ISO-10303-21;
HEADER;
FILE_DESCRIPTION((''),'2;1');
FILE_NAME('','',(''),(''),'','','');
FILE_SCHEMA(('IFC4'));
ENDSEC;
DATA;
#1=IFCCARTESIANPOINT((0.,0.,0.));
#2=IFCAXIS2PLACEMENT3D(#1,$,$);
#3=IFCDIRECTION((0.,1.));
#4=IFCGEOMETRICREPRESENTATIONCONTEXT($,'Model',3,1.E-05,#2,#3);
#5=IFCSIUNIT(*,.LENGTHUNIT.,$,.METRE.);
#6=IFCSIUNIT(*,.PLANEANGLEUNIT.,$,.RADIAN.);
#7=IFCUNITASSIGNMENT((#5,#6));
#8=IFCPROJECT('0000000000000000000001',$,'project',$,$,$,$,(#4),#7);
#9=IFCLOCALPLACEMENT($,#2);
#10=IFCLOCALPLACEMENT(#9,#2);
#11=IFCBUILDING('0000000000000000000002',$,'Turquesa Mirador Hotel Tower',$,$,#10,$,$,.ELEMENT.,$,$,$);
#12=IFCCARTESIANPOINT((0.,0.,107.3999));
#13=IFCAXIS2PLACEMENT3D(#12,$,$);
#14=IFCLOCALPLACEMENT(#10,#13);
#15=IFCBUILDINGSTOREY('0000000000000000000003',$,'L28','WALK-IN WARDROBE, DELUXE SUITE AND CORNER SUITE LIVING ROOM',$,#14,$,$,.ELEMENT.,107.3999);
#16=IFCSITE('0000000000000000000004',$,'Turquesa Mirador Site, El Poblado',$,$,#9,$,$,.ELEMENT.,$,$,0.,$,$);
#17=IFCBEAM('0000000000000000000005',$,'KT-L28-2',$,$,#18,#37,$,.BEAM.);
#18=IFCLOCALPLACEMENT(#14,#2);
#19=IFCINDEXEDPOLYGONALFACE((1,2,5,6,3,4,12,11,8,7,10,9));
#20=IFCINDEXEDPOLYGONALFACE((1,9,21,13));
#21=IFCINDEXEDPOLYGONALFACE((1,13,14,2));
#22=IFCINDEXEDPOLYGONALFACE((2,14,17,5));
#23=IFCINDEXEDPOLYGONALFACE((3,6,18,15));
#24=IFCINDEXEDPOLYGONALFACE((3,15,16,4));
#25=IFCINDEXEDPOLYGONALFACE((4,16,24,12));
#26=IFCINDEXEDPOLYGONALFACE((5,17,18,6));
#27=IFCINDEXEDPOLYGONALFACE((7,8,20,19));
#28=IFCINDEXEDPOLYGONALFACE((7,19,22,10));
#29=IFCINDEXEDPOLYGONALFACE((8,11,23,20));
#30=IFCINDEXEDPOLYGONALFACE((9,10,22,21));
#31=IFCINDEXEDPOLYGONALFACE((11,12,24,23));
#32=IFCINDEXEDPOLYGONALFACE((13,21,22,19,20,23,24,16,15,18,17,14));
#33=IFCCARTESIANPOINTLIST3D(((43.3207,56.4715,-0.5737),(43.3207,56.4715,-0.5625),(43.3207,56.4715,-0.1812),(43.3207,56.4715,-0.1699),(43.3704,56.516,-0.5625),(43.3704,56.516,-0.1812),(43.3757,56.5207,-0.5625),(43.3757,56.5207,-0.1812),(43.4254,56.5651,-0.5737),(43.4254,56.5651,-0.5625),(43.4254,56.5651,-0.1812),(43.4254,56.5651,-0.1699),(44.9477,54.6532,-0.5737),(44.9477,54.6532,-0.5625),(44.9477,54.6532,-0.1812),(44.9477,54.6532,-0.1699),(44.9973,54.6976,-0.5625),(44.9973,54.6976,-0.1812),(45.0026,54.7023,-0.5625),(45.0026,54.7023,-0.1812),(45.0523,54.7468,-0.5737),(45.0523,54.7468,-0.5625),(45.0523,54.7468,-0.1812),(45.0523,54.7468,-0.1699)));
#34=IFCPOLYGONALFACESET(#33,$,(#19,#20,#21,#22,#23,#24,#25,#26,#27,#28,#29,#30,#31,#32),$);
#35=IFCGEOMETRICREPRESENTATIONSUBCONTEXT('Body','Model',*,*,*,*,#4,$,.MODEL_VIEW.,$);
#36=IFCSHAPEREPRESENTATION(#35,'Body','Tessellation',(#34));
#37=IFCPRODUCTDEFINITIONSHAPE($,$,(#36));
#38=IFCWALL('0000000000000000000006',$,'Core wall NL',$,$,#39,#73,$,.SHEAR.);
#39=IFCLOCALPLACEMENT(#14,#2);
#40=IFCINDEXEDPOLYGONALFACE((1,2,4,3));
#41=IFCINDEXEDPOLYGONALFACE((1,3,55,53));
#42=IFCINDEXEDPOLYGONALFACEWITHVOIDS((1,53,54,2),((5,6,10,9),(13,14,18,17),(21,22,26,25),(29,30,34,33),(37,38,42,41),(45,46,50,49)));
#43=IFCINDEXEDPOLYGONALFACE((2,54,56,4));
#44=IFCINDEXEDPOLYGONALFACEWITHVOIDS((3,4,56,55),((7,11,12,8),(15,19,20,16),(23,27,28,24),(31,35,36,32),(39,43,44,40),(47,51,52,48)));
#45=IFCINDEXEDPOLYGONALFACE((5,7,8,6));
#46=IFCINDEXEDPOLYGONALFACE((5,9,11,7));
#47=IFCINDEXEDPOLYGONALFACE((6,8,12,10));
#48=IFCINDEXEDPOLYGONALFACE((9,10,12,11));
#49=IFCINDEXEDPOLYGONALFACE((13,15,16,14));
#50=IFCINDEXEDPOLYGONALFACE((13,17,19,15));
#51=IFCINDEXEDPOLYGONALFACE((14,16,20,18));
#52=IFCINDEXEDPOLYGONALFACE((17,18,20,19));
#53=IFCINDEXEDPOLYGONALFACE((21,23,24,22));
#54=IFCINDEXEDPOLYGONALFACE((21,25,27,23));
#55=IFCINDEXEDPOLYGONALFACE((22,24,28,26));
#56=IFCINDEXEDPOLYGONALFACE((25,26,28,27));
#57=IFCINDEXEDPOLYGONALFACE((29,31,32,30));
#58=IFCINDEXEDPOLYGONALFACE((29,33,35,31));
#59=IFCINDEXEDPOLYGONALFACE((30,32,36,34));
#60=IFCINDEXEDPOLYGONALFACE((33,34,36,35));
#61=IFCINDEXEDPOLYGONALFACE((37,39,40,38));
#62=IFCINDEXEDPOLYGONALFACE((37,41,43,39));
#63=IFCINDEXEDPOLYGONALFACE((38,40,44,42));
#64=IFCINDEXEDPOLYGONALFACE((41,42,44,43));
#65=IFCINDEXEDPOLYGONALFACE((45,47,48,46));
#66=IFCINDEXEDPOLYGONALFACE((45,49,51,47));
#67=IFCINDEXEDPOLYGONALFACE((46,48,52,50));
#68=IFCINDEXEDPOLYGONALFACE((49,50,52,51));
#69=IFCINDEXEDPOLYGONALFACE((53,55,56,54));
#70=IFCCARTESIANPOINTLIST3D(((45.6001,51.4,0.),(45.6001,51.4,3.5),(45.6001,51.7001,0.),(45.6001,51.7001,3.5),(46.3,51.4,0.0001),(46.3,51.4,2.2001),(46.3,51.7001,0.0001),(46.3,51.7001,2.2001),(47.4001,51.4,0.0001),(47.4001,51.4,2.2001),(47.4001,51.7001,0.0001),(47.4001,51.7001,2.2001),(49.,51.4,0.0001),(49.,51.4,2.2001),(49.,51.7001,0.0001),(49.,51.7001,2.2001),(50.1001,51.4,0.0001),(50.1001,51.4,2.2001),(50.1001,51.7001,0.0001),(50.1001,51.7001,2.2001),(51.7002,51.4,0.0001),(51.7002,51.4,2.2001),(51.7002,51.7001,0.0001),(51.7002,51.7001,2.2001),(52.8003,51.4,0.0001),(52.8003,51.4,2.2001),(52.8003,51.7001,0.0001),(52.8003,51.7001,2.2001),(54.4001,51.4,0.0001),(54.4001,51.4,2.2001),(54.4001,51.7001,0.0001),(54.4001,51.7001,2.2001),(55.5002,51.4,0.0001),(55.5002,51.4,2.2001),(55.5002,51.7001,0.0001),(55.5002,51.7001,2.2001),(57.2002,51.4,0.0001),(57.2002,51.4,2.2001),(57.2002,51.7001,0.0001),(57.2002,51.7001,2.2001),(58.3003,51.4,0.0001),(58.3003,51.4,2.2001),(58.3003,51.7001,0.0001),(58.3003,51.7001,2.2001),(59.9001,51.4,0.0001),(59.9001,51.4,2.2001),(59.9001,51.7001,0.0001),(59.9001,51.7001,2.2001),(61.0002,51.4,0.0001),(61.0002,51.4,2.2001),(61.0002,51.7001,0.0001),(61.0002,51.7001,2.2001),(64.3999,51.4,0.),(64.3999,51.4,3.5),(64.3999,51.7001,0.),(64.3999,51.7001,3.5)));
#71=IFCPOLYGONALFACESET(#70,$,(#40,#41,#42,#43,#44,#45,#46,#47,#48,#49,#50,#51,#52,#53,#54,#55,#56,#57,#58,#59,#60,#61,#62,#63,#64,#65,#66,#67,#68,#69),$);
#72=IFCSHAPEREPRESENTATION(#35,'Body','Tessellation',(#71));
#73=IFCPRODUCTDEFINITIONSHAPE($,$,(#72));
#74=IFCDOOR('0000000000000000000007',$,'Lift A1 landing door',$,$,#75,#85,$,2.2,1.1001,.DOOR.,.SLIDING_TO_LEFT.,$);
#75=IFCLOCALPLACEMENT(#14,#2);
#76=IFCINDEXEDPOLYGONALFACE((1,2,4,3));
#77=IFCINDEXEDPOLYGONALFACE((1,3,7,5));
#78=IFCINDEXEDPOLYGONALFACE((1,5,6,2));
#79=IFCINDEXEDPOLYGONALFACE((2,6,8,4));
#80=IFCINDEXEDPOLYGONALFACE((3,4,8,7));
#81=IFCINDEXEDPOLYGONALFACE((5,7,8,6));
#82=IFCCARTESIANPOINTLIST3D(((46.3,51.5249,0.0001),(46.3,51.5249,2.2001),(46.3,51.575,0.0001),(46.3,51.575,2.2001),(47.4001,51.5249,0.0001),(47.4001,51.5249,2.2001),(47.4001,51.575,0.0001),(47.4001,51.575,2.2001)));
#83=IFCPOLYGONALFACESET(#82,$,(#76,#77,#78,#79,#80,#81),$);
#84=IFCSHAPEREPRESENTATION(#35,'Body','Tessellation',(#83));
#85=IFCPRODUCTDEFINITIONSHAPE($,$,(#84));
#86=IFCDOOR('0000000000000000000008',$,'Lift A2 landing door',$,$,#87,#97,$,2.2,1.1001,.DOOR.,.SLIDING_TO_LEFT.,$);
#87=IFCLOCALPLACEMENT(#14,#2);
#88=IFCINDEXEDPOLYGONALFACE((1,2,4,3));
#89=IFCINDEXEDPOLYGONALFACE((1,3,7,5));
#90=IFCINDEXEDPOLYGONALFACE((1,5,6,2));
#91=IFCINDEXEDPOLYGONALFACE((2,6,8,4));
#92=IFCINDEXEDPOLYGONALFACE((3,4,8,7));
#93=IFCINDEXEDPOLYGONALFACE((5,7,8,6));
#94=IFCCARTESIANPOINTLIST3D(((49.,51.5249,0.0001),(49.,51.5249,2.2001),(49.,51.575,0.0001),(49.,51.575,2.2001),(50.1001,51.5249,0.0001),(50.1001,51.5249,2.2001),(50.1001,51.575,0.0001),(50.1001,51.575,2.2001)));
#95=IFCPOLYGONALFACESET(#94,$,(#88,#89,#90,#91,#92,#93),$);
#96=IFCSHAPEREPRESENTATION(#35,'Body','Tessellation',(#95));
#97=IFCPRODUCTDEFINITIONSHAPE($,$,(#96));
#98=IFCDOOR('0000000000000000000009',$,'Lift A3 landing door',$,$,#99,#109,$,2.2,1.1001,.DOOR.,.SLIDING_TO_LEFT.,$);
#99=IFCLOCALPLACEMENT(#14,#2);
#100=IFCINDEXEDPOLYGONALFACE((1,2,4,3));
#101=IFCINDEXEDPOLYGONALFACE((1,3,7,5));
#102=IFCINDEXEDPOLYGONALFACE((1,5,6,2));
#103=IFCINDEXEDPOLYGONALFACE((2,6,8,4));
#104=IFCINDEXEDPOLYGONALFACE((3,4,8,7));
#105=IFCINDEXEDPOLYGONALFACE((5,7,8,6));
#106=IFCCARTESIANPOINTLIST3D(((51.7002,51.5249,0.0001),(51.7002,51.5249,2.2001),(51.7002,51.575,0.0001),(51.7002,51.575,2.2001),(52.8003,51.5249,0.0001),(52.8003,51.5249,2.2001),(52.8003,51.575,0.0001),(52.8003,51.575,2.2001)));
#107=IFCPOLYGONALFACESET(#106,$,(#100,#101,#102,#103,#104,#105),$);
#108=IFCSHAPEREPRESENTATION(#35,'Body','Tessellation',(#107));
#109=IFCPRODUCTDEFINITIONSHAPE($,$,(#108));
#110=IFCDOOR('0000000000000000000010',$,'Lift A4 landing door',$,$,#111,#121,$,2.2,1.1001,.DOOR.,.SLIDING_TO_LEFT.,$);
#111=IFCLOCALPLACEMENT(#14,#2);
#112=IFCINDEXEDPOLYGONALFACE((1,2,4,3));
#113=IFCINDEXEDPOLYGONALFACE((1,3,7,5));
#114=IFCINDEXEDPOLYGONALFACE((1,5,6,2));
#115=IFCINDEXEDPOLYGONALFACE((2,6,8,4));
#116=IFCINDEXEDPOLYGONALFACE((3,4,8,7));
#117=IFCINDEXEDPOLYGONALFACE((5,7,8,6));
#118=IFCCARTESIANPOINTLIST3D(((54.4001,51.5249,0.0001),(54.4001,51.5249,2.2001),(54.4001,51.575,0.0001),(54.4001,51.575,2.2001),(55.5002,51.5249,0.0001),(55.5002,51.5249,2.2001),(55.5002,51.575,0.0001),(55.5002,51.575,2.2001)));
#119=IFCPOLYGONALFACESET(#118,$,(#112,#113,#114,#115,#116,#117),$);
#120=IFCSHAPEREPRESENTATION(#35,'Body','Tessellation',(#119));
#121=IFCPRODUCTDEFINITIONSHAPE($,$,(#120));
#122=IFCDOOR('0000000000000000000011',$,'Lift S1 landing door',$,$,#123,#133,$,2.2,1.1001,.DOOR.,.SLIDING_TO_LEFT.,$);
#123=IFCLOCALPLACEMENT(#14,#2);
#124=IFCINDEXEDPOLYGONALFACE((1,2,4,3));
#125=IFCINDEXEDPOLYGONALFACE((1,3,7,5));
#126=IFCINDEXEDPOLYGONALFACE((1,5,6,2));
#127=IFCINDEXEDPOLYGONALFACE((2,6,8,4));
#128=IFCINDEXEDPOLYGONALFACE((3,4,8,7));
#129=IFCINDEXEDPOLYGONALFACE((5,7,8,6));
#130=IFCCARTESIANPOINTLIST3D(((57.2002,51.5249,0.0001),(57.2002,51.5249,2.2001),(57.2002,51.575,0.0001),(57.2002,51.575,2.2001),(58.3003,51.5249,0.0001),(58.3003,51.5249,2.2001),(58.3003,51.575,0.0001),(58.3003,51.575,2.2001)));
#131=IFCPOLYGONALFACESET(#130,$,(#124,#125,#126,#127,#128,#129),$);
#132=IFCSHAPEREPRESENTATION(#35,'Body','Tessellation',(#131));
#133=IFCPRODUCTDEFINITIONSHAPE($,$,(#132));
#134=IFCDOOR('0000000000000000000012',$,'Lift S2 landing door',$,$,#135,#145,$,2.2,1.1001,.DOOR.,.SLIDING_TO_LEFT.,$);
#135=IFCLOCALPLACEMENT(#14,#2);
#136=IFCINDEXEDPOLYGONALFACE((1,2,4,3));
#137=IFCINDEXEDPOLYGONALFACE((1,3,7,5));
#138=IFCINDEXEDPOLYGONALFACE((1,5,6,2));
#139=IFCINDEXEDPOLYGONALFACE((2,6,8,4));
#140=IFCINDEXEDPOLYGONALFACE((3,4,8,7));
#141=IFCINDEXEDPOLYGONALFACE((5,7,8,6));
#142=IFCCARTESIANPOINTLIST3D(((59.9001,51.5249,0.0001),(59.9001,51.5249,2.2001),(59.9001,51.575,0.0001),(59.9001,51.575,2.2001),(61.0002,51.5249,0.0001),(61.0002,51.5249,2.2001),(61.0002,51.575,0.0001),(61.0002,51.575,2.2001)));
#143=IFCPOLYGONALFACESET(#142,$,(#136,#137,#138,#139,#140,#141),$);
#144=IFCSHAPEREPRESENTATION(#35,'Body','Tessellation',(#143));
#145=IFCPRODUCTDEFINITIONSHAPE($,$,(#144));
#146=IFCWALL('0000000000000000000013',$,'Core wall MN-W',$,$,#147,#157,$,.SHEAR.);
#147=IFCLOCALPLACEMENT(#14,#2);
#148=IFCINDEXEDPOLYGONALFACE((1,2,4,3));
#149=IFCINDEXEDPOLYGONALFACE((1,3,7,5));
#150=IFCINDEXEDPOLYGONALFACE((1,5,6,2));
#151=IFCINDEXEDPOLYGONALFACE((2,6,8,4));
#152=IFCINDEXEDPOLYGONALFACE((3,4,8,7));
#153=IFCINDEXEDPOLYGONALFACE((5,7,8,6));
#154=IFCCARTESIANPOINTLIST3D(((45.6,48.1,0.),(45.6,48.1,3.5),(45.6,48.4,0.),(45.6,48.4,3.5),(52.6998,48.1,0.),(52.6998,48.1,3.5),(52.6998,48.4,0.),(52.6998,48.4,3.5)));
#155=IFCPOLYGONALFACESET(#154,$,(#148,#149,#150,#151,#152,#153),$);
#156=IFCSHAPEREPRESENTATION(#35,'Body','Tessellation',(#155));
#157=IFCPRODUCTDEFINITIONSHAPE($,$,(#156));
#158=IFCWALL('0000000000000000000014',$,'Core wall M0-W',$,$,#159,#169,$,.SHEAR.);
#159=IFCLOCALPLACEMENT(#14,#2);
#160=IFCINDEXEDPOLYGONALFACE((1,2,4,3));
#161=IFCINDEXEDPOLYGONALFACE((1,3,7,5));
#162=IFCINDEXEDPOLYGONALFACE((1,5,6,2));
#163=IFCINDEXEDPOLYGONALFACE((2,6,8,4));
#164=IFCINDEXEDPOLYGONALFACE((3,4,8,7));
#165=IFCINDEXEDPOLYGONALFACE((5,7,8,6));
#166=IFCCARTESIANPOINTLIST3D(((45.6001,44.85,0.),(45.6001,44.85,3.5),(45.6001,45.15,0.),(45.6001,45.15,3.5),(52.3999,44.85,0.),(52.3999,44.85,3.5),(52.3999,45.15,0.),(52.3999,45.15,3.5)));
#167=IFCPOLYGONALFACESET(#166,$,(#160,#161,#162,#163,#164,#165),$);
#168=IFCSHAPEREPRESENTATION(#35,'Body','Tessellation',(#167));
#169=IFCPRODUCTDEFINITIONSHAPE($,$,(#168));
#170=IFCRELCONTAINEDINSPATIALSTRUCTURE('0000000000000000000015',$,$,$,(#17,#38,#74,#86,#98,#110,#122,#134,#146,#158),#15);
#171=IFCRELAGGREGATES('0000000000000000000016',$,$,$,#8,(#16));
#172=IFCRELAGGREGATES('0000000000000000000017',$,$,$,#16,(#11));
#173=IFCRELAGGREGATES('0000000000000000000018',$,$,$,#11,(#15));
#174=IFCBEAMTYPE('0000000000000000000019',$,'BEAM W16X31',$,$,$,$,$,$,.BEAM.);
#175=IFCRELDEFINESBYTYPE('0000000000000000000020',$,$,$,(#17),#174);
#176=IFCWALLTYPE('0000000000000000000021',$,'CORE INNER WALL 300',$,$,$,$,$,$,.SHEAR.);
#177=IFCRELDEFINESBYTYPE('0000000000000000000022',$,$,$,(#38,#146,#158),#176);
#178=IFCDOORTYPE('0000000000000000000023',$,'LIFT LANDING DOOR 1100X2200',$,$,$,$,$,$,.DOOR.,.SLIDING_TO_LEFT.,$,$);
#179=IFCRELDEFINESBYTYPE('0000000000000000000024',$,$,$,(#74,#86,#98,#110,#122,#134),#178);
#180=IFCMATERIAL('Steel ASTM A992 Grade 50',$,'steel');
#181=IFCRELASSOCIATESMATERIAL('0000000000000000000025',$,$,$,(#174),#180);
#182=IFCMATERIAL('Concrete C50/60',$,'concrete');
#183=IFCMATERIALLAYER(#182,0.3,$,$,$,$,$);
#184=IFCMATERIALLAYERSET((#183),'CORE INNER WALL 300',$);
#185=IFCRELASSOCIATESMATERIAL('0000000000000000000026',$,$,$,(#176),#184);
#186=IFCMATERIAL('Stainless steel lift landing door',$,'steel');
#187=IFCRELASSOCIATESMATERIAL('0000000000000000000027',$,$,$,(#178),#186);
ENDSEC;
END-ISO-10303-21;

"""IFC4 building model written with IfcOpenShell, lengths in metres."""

from ifc_helpers import new_model, si_unit, direction, frame, frame_2d, origin, origin_2d, place, context, subcontext, project, spatial, rectangle, i_section, extrude, material, layer, layer_set, material_profile, profile_set, type_object, element, fill, save


model = new_model("IFC4")

# Units and contexts
model_context = context("Model", 3, precision=1e-05, world=origin(), true_north=direction((0.0, 1.0)))
body_context = subcontext(model_context, "Body", "Model", "MODEL_VIEW")
ifc_project = project(units=[si_unit("LENGTHUNIT", "METRE"), si_unit("PLANEANGLEUNIT", "RADIAN")], contexts=[model_context])

# Site, building, storey
site_placement = place(None, origin())
site = spatial("IfcSite", under=ifc_project, at=site_placement, Name="Turquesa Mirador Site, El Poblado", CompositionType="ELEMENT", RefElevation=0.0)
building_placement = place(site_placement, origin())
building = spatial("IfcBuilding", under=site, at=building_placement, Name="Turquesa Mirador Hotel Tower", CompositionType="ELEMENT")
storey_placement = place(building_placement, frame((0.0, 0.0, 107.3999)))
storey = spatial("IfcBuildingStorey", under=building, at=storey_placement, Name="L28", Description="WALK-IN WARDROBE, DELUXE SUITE AND CORNER SUITE LIVING ROOM", CompositionType="ELEMENT", Elevation=107.3999)

# Beam
ifc_material_1 = material(Name="Steel ASTM A992 Grade 50", Category="steel")
ifc_material_profile = material_profile(ifc_material_1, i_section(OverallWidth=0.1404, OverallDepth=0.4038, WebThickness=0.0071, FlangeThickness=0.0112, at=origin_2d()), Name="W16X31")
ifc_profile_set = profile_set([ifc_material_profile], Name="Steel ASTM A992 Grade 50")
beam_type = type_object("IfcBeamType", Name="BEAM W16X31", PredefinedType="BEAM", material=ifc_profile_set)
beam_placement = place(storey_placement, frame((43.373, 56.5183, -0.3718), z_axis=(0.666795, -0.745241, 0.0), x_axis=(0.745241, 0.666795, 0.0)))
element("IfcBeam", 1, at=beam_placement, inside=storey, type_object=beam_type, Name="KT-L28-2", PredefinedType="BEAM", context=body_context, shape_type="SweptSolid", body=[
    extrude(i_section(OverallWidth=0.1404, OverallDepth=0.4038, WebThickness=0.0071, FlangeThickness=0.0112, at=origin_2d()), origin(), (0.0, 0.0, 1.0), 2.4399),
])

# Wall, openings, doors
ifc_material_2 = material(Name="Concrete C50/60", Category="concrete")
ifc_layer_1 = layer(ifc_material_2, 0.3)
ifc_layer_set_1 = layer_set([ifc_layer_1], Name="CORE INNER WALL 300")
wall_type_1 = type_object("IfcWallType", Name="CORE INNER WALL 300", PredefinedType="SHEAR", material=ifc_layer_set_1)
wall_1_placement = place(storey_placement, frame((45.6001, 51.55, 0.0), z_axis=(0.0, 0.0, 1.0), x_axis=(1.0, 0.0, 0.0)))
wall_1 = element("IfcWall", 2, at=wall_1_placement, inside=storey, type_object=wall_type_1, Name="Core wall NL", PredefinedType="SHEAR", context=body_context, shape_type="SweptSolid", body=[
    extrude(rectangle(XDim=18.7998, YDim=0.3, at=frame_2d((9.3999, 0.0))), origin(), (0.0, 0.0, 1.0), 3.5),
])
opening_1_placement = place(wall_1_placement, frame((0.7, 0.0, 0.0)))
opening_1 = element("IfcOpeningElement", 3, at=opening_1_placement, cuts=wall_1, PredefinedType="OPENING", context=body_context, shape_type="SweptSolid", body=[
    extrude(rectangle(XDim=1.1001, YDim=2.2, at=frame_2d((0.55, 1.1001))), frame((0.0, 0.1599, 0.0), z_axis=(0.0, -1.0, 0.0), x_axis=(1.0, 0.0, 0.0)), (0.0, 0.0, 1.0), 0.3201),
])
opening_2_placement = place(wall_1_placement, frame((3.3999, 0.0, 0.0)))
opening_2 = element("IfcOpeningElement", 4, at=opening_2_placement, cuts=wall_1, PredefinedType="OPENING", context=body_context, shape_type="SweptSolid", body=[
    extrude(rectangle(XDim=1.1001, YDim=2.2, at=frame_2d((0.55, 1.1001))), frame((0.0, 0.1599, 0.0), z_axis=(0.0, -1.0, 0.0), x_axis=(1.0, 0.0, 0.0)), (0.0, 0.0, 1.0), 0.3201),
])
opening_3_placement = place(wall_1_placement, frame((6.1001, 0.0, 0.0)))
opening_3 = element("IfcOpeningElement", 5, at=opening_3_placement, cuts=wall_1, PredefinedType="OPENING", context=body_context, shape_type="SweptSolid", body=[
    extrude(rectangle(XDim=1.1001, YDim=2.2, at=frame_2d((0.55, 1.1001))), frame((0.0, 0.1599, 0.0), z_axis=(0.0, -1.0, 0.0), x_axis=(1.0, 0.0, 0.0)), (0.0, 0.0, 1.0), 0.3201),
])
opening_4_placement = place(wall_1_placement, frame((8.8, 0.0, 0.0)))
opening_4 = element("IfcOpeningElement", 6, at=opening_4_placement, cuts=wall_1, PredefinedType="OPENING", context=body_context, shape_type="SweptSolid", body=[
    extrude(rectangle(XDim=1.1001, YDim=2.2, at=frame_2d((0.55, 1.1001))), frame((0.0, 0.1599, 0.0), z_axis=(0.0, -1.0, 0.0), x_axis=(1.0, 0.0, 0.0)), (0.0, 0.0, 1.0), 0.3201),
])
opening_5_placement = place(wall_1_placement, frame((11.6001, 0.0, 0.0)))
opening_5 = element("IfcOpeningElement", 7, at=opening_5_placement, cuts=wall_1, PredefinedType="OPENING", context=body_context, shape_type="SweptSolid", body=[
    extrude(rectangle(XDim=1.1001, YDim=2.2, at=frame_2d((0.55, 1.1001))), frame((0.0, 0.1599, 0.0), z_axis=(0.0, -1.0, 0.0), x_axis=(1.0, 0.0, 0.0)), (0.0, 0.0, 1.0), 0.3201),
])
opening_6_placement = place(wall_1_placement, frame((14.3, 0.0, 0.0)))
opening_6 = element("IfcOpeningElement", 8, at=opening_6_placement, cuts=wall_1, PredefinedType="OPENING", context=body_context, shape_type="SweptSolid", body=[
    extrude(rectangle(XDim=1.1001, YDim=2.2, at=frame_2d((0.55, 1.1001))), frame((0.0, 0.1599, 0.0), z_axis=(0.0, -1.0, 0.0), x_axis=(1.0, 0.0, 0.0)), (0.0, 0.0, 1.0), 0.3201),
])
ifc_material_3 = material(Name="Stainless steel lift landing door", Category="steel")
door_type_1 = type_object("IfcDoorType", Name="LIFT LANDING DOOR 1100X2200", OperationType="SLIDING_TO_LEFT", PredefinedType="DOOR", material=ifc_material_3)
door_1_placement = place(opening_1_placement, origin())
door_1 = element("IfcDoor", 9, at=door_1_placement, inside=storey, type_object=door_type_1, Name="Lift A1 landing door", OperationType="SLIDING_TO_LEFT", OverallHeight=2.2, OverallWidth=1.1001, PredefinedType="DOOR", context=body_context, shape_type="SweptSolid", body=[
    extrude(rectangle(XDim=1.1001, YDim=2.2, at=frame_2d((0.55, 1.1001))), frame((0.0, 0.0249, 0.0), z_axis=(0.0, -1.0, 0.0), x_axis=(1.0, 0.0, 0.0)), (0.0, 0.0, 1.0), 0.05),
])
fill(opening_1, door_1)
door_2_placement = place(opening_2_placement, origin())
door_2 = element("IfcDoor", 10, at=door_2_placement, inside=storey, type_object=door_type_1, Name="Lift A2 landing door", OperationType="SLIDING_TO_LEFT", OverallHeight=2.2, OverallWidth=1.1001, PredefinedType="DOOR", context=body_context, shape_type="SweptSolid", body=[
    extrude(rectangle(XDim=1.1001, YDim=2.2, at=frame_2d((0.55, 1.1001))), frame((0.0, 0.0249, 0.0), z_axis=(0.0, -1.0, 0.0), x_axis=(1.0, 0.0, 0.0)), (0.0, 0.0, 1.0), 0.05),
])
fill(opening_2, door_2)
door_3_placement = place(opening_3_placement, origin())
door_3 = element("IfcDoor", 11, at=door_3_placement, inside=storey, type_object=door_type_1, Name="Lift A3 landing door", OperationType="SLIDING_TO_LEFT", OverallHeight=2.2, OverallWidth=1.1001, PredefinedType="DOOR", context=body_context, shape_type="SweptSolid", body=[
    extrude(rectangle(XDim=1.1001, YDim=2.2, at=frame_2d((0.55, 1.1001))), frame((0.0, 0.0249, 0.0), z_axis=(0.0, -1.0, 0.0), x_axis=(1.0, 0.0, 0.0)), (0.0, 0.0, 1.0), 0.05),
])
fill(opening_3, door_3)
door_4_placement = place(opening_4_placement, origin())
door_4 = element("IfcDoor", 12, at=door_4_placement, inside=storey, type_object=door_type_1, Name="Lift A4 landing door", OperationType="SLIDING_TO_LEFT", OverallHeight=2.2, OverallWidth=1.1001, PredefinedType="DOOR", context=body_context, shape_type="SweptSolid", body=[
    extrude(rectangle(XDim=1.1001, YDim=2.2, at=frame_2d((0.55, 1.1001))), frame((0.0, 0.0249, 0.0), z_axis=(0.0, -1.0, 0.0), x_axis=(1.0, 0.0, 0.0)), (0.0, 0.0, 1.0), 0.05),
])
fill(opening_4, door_4)
door_5_placement = place(opening_5_placement, origin())
door_5 = element("IfcDoor", 13, at=door_5_placement, inside=storey, type_object=door_type_1, Name="Lift S1 landing door", OperationType="SLIDING_TO_LEFT", OverallHeight=2.2, OverallWidth=1.1001, PredefinedType="DOOR", context=body_context, shape_type="SweptSolid", body=[
    extrude(rectangle(XDim=1.1001, YDim=2.2, at=frame_2d((0.55, 1.1001))), frame((0.0, 0.0249, 0.0), z_axis=(0.0, -1.0, 0.0), x_axis=(1.0, 0.0, 0.0)), (0.0, 0.0, 1.0), 0.05),
])
fill(opening_5, door_5)
door_6_placement = place(opening_6_placement, origin())
door_6 = element("IfcDoor", 14, at=door_6_placement, inside=storey, type_object=door_type_1, Name="Lift S2 landing door", OperationType="SLIDING_TO_LEFT", OverallHeight=2.2, OverallWidth=1.1001, PredefinedType="DOOR", context=body_context, shape_type="SweptSolid", body=[
    extrude(rectangle(XDim=1.1001, YDim=2.2, at=frame_2d((0.55, 1.1001))), frame((0.0, 0.0249, 0.0), z_axis=(0.0, -1.0, 0.0), x_axis=(1.0, 0.0, 0.0)), (0.0, 0.0, 1.0), 0.05),
])
fill(opening_6, door_6)

# Walls
wall_2_placement = place(storey_placement, frame((45.6001, 48.25, 0.0), z_axis=(0.0, 0.0, 1.0), x_axis=(1.0, 0.0, 0.0)))
element("IfcWall", 15, at=wall_2_placement, inside=storey, type_object=wall_type_1, Name="Core wall MN-W", PredefinedType="SHEAR", context=body_context, shape_type="SweptSolid", body=[
    extrude(rectangle(XDim=7.0999, YDim=0.3, at=frame_2d((3.5498, 0.0))), origin(), (0.0, 0.0, 1.0), 3.5),
])
wall_3_placement = place(storey_placement, frame((45.6001, 45.0, 0.0), z_axis=(0.0, 0.0, 1.0), x_axis=(1.0, 0.0, 0.0)))
element("IfcWall", 16, at=wall_3_placement, inside=storey, type_object=wall_type_1, Name="Core wall M0-W", PredefinedType="SHEAR", context=body_context, shape_type="SweptSolid", body=[
    extrude(rectangle(XDim=6.7998, YDim=0.3, at=frame_2d((3.3999, 0.0))), origin(), (0.0, 0.0, 1.0), 3.5),
])

save(model, "model.ifc")
